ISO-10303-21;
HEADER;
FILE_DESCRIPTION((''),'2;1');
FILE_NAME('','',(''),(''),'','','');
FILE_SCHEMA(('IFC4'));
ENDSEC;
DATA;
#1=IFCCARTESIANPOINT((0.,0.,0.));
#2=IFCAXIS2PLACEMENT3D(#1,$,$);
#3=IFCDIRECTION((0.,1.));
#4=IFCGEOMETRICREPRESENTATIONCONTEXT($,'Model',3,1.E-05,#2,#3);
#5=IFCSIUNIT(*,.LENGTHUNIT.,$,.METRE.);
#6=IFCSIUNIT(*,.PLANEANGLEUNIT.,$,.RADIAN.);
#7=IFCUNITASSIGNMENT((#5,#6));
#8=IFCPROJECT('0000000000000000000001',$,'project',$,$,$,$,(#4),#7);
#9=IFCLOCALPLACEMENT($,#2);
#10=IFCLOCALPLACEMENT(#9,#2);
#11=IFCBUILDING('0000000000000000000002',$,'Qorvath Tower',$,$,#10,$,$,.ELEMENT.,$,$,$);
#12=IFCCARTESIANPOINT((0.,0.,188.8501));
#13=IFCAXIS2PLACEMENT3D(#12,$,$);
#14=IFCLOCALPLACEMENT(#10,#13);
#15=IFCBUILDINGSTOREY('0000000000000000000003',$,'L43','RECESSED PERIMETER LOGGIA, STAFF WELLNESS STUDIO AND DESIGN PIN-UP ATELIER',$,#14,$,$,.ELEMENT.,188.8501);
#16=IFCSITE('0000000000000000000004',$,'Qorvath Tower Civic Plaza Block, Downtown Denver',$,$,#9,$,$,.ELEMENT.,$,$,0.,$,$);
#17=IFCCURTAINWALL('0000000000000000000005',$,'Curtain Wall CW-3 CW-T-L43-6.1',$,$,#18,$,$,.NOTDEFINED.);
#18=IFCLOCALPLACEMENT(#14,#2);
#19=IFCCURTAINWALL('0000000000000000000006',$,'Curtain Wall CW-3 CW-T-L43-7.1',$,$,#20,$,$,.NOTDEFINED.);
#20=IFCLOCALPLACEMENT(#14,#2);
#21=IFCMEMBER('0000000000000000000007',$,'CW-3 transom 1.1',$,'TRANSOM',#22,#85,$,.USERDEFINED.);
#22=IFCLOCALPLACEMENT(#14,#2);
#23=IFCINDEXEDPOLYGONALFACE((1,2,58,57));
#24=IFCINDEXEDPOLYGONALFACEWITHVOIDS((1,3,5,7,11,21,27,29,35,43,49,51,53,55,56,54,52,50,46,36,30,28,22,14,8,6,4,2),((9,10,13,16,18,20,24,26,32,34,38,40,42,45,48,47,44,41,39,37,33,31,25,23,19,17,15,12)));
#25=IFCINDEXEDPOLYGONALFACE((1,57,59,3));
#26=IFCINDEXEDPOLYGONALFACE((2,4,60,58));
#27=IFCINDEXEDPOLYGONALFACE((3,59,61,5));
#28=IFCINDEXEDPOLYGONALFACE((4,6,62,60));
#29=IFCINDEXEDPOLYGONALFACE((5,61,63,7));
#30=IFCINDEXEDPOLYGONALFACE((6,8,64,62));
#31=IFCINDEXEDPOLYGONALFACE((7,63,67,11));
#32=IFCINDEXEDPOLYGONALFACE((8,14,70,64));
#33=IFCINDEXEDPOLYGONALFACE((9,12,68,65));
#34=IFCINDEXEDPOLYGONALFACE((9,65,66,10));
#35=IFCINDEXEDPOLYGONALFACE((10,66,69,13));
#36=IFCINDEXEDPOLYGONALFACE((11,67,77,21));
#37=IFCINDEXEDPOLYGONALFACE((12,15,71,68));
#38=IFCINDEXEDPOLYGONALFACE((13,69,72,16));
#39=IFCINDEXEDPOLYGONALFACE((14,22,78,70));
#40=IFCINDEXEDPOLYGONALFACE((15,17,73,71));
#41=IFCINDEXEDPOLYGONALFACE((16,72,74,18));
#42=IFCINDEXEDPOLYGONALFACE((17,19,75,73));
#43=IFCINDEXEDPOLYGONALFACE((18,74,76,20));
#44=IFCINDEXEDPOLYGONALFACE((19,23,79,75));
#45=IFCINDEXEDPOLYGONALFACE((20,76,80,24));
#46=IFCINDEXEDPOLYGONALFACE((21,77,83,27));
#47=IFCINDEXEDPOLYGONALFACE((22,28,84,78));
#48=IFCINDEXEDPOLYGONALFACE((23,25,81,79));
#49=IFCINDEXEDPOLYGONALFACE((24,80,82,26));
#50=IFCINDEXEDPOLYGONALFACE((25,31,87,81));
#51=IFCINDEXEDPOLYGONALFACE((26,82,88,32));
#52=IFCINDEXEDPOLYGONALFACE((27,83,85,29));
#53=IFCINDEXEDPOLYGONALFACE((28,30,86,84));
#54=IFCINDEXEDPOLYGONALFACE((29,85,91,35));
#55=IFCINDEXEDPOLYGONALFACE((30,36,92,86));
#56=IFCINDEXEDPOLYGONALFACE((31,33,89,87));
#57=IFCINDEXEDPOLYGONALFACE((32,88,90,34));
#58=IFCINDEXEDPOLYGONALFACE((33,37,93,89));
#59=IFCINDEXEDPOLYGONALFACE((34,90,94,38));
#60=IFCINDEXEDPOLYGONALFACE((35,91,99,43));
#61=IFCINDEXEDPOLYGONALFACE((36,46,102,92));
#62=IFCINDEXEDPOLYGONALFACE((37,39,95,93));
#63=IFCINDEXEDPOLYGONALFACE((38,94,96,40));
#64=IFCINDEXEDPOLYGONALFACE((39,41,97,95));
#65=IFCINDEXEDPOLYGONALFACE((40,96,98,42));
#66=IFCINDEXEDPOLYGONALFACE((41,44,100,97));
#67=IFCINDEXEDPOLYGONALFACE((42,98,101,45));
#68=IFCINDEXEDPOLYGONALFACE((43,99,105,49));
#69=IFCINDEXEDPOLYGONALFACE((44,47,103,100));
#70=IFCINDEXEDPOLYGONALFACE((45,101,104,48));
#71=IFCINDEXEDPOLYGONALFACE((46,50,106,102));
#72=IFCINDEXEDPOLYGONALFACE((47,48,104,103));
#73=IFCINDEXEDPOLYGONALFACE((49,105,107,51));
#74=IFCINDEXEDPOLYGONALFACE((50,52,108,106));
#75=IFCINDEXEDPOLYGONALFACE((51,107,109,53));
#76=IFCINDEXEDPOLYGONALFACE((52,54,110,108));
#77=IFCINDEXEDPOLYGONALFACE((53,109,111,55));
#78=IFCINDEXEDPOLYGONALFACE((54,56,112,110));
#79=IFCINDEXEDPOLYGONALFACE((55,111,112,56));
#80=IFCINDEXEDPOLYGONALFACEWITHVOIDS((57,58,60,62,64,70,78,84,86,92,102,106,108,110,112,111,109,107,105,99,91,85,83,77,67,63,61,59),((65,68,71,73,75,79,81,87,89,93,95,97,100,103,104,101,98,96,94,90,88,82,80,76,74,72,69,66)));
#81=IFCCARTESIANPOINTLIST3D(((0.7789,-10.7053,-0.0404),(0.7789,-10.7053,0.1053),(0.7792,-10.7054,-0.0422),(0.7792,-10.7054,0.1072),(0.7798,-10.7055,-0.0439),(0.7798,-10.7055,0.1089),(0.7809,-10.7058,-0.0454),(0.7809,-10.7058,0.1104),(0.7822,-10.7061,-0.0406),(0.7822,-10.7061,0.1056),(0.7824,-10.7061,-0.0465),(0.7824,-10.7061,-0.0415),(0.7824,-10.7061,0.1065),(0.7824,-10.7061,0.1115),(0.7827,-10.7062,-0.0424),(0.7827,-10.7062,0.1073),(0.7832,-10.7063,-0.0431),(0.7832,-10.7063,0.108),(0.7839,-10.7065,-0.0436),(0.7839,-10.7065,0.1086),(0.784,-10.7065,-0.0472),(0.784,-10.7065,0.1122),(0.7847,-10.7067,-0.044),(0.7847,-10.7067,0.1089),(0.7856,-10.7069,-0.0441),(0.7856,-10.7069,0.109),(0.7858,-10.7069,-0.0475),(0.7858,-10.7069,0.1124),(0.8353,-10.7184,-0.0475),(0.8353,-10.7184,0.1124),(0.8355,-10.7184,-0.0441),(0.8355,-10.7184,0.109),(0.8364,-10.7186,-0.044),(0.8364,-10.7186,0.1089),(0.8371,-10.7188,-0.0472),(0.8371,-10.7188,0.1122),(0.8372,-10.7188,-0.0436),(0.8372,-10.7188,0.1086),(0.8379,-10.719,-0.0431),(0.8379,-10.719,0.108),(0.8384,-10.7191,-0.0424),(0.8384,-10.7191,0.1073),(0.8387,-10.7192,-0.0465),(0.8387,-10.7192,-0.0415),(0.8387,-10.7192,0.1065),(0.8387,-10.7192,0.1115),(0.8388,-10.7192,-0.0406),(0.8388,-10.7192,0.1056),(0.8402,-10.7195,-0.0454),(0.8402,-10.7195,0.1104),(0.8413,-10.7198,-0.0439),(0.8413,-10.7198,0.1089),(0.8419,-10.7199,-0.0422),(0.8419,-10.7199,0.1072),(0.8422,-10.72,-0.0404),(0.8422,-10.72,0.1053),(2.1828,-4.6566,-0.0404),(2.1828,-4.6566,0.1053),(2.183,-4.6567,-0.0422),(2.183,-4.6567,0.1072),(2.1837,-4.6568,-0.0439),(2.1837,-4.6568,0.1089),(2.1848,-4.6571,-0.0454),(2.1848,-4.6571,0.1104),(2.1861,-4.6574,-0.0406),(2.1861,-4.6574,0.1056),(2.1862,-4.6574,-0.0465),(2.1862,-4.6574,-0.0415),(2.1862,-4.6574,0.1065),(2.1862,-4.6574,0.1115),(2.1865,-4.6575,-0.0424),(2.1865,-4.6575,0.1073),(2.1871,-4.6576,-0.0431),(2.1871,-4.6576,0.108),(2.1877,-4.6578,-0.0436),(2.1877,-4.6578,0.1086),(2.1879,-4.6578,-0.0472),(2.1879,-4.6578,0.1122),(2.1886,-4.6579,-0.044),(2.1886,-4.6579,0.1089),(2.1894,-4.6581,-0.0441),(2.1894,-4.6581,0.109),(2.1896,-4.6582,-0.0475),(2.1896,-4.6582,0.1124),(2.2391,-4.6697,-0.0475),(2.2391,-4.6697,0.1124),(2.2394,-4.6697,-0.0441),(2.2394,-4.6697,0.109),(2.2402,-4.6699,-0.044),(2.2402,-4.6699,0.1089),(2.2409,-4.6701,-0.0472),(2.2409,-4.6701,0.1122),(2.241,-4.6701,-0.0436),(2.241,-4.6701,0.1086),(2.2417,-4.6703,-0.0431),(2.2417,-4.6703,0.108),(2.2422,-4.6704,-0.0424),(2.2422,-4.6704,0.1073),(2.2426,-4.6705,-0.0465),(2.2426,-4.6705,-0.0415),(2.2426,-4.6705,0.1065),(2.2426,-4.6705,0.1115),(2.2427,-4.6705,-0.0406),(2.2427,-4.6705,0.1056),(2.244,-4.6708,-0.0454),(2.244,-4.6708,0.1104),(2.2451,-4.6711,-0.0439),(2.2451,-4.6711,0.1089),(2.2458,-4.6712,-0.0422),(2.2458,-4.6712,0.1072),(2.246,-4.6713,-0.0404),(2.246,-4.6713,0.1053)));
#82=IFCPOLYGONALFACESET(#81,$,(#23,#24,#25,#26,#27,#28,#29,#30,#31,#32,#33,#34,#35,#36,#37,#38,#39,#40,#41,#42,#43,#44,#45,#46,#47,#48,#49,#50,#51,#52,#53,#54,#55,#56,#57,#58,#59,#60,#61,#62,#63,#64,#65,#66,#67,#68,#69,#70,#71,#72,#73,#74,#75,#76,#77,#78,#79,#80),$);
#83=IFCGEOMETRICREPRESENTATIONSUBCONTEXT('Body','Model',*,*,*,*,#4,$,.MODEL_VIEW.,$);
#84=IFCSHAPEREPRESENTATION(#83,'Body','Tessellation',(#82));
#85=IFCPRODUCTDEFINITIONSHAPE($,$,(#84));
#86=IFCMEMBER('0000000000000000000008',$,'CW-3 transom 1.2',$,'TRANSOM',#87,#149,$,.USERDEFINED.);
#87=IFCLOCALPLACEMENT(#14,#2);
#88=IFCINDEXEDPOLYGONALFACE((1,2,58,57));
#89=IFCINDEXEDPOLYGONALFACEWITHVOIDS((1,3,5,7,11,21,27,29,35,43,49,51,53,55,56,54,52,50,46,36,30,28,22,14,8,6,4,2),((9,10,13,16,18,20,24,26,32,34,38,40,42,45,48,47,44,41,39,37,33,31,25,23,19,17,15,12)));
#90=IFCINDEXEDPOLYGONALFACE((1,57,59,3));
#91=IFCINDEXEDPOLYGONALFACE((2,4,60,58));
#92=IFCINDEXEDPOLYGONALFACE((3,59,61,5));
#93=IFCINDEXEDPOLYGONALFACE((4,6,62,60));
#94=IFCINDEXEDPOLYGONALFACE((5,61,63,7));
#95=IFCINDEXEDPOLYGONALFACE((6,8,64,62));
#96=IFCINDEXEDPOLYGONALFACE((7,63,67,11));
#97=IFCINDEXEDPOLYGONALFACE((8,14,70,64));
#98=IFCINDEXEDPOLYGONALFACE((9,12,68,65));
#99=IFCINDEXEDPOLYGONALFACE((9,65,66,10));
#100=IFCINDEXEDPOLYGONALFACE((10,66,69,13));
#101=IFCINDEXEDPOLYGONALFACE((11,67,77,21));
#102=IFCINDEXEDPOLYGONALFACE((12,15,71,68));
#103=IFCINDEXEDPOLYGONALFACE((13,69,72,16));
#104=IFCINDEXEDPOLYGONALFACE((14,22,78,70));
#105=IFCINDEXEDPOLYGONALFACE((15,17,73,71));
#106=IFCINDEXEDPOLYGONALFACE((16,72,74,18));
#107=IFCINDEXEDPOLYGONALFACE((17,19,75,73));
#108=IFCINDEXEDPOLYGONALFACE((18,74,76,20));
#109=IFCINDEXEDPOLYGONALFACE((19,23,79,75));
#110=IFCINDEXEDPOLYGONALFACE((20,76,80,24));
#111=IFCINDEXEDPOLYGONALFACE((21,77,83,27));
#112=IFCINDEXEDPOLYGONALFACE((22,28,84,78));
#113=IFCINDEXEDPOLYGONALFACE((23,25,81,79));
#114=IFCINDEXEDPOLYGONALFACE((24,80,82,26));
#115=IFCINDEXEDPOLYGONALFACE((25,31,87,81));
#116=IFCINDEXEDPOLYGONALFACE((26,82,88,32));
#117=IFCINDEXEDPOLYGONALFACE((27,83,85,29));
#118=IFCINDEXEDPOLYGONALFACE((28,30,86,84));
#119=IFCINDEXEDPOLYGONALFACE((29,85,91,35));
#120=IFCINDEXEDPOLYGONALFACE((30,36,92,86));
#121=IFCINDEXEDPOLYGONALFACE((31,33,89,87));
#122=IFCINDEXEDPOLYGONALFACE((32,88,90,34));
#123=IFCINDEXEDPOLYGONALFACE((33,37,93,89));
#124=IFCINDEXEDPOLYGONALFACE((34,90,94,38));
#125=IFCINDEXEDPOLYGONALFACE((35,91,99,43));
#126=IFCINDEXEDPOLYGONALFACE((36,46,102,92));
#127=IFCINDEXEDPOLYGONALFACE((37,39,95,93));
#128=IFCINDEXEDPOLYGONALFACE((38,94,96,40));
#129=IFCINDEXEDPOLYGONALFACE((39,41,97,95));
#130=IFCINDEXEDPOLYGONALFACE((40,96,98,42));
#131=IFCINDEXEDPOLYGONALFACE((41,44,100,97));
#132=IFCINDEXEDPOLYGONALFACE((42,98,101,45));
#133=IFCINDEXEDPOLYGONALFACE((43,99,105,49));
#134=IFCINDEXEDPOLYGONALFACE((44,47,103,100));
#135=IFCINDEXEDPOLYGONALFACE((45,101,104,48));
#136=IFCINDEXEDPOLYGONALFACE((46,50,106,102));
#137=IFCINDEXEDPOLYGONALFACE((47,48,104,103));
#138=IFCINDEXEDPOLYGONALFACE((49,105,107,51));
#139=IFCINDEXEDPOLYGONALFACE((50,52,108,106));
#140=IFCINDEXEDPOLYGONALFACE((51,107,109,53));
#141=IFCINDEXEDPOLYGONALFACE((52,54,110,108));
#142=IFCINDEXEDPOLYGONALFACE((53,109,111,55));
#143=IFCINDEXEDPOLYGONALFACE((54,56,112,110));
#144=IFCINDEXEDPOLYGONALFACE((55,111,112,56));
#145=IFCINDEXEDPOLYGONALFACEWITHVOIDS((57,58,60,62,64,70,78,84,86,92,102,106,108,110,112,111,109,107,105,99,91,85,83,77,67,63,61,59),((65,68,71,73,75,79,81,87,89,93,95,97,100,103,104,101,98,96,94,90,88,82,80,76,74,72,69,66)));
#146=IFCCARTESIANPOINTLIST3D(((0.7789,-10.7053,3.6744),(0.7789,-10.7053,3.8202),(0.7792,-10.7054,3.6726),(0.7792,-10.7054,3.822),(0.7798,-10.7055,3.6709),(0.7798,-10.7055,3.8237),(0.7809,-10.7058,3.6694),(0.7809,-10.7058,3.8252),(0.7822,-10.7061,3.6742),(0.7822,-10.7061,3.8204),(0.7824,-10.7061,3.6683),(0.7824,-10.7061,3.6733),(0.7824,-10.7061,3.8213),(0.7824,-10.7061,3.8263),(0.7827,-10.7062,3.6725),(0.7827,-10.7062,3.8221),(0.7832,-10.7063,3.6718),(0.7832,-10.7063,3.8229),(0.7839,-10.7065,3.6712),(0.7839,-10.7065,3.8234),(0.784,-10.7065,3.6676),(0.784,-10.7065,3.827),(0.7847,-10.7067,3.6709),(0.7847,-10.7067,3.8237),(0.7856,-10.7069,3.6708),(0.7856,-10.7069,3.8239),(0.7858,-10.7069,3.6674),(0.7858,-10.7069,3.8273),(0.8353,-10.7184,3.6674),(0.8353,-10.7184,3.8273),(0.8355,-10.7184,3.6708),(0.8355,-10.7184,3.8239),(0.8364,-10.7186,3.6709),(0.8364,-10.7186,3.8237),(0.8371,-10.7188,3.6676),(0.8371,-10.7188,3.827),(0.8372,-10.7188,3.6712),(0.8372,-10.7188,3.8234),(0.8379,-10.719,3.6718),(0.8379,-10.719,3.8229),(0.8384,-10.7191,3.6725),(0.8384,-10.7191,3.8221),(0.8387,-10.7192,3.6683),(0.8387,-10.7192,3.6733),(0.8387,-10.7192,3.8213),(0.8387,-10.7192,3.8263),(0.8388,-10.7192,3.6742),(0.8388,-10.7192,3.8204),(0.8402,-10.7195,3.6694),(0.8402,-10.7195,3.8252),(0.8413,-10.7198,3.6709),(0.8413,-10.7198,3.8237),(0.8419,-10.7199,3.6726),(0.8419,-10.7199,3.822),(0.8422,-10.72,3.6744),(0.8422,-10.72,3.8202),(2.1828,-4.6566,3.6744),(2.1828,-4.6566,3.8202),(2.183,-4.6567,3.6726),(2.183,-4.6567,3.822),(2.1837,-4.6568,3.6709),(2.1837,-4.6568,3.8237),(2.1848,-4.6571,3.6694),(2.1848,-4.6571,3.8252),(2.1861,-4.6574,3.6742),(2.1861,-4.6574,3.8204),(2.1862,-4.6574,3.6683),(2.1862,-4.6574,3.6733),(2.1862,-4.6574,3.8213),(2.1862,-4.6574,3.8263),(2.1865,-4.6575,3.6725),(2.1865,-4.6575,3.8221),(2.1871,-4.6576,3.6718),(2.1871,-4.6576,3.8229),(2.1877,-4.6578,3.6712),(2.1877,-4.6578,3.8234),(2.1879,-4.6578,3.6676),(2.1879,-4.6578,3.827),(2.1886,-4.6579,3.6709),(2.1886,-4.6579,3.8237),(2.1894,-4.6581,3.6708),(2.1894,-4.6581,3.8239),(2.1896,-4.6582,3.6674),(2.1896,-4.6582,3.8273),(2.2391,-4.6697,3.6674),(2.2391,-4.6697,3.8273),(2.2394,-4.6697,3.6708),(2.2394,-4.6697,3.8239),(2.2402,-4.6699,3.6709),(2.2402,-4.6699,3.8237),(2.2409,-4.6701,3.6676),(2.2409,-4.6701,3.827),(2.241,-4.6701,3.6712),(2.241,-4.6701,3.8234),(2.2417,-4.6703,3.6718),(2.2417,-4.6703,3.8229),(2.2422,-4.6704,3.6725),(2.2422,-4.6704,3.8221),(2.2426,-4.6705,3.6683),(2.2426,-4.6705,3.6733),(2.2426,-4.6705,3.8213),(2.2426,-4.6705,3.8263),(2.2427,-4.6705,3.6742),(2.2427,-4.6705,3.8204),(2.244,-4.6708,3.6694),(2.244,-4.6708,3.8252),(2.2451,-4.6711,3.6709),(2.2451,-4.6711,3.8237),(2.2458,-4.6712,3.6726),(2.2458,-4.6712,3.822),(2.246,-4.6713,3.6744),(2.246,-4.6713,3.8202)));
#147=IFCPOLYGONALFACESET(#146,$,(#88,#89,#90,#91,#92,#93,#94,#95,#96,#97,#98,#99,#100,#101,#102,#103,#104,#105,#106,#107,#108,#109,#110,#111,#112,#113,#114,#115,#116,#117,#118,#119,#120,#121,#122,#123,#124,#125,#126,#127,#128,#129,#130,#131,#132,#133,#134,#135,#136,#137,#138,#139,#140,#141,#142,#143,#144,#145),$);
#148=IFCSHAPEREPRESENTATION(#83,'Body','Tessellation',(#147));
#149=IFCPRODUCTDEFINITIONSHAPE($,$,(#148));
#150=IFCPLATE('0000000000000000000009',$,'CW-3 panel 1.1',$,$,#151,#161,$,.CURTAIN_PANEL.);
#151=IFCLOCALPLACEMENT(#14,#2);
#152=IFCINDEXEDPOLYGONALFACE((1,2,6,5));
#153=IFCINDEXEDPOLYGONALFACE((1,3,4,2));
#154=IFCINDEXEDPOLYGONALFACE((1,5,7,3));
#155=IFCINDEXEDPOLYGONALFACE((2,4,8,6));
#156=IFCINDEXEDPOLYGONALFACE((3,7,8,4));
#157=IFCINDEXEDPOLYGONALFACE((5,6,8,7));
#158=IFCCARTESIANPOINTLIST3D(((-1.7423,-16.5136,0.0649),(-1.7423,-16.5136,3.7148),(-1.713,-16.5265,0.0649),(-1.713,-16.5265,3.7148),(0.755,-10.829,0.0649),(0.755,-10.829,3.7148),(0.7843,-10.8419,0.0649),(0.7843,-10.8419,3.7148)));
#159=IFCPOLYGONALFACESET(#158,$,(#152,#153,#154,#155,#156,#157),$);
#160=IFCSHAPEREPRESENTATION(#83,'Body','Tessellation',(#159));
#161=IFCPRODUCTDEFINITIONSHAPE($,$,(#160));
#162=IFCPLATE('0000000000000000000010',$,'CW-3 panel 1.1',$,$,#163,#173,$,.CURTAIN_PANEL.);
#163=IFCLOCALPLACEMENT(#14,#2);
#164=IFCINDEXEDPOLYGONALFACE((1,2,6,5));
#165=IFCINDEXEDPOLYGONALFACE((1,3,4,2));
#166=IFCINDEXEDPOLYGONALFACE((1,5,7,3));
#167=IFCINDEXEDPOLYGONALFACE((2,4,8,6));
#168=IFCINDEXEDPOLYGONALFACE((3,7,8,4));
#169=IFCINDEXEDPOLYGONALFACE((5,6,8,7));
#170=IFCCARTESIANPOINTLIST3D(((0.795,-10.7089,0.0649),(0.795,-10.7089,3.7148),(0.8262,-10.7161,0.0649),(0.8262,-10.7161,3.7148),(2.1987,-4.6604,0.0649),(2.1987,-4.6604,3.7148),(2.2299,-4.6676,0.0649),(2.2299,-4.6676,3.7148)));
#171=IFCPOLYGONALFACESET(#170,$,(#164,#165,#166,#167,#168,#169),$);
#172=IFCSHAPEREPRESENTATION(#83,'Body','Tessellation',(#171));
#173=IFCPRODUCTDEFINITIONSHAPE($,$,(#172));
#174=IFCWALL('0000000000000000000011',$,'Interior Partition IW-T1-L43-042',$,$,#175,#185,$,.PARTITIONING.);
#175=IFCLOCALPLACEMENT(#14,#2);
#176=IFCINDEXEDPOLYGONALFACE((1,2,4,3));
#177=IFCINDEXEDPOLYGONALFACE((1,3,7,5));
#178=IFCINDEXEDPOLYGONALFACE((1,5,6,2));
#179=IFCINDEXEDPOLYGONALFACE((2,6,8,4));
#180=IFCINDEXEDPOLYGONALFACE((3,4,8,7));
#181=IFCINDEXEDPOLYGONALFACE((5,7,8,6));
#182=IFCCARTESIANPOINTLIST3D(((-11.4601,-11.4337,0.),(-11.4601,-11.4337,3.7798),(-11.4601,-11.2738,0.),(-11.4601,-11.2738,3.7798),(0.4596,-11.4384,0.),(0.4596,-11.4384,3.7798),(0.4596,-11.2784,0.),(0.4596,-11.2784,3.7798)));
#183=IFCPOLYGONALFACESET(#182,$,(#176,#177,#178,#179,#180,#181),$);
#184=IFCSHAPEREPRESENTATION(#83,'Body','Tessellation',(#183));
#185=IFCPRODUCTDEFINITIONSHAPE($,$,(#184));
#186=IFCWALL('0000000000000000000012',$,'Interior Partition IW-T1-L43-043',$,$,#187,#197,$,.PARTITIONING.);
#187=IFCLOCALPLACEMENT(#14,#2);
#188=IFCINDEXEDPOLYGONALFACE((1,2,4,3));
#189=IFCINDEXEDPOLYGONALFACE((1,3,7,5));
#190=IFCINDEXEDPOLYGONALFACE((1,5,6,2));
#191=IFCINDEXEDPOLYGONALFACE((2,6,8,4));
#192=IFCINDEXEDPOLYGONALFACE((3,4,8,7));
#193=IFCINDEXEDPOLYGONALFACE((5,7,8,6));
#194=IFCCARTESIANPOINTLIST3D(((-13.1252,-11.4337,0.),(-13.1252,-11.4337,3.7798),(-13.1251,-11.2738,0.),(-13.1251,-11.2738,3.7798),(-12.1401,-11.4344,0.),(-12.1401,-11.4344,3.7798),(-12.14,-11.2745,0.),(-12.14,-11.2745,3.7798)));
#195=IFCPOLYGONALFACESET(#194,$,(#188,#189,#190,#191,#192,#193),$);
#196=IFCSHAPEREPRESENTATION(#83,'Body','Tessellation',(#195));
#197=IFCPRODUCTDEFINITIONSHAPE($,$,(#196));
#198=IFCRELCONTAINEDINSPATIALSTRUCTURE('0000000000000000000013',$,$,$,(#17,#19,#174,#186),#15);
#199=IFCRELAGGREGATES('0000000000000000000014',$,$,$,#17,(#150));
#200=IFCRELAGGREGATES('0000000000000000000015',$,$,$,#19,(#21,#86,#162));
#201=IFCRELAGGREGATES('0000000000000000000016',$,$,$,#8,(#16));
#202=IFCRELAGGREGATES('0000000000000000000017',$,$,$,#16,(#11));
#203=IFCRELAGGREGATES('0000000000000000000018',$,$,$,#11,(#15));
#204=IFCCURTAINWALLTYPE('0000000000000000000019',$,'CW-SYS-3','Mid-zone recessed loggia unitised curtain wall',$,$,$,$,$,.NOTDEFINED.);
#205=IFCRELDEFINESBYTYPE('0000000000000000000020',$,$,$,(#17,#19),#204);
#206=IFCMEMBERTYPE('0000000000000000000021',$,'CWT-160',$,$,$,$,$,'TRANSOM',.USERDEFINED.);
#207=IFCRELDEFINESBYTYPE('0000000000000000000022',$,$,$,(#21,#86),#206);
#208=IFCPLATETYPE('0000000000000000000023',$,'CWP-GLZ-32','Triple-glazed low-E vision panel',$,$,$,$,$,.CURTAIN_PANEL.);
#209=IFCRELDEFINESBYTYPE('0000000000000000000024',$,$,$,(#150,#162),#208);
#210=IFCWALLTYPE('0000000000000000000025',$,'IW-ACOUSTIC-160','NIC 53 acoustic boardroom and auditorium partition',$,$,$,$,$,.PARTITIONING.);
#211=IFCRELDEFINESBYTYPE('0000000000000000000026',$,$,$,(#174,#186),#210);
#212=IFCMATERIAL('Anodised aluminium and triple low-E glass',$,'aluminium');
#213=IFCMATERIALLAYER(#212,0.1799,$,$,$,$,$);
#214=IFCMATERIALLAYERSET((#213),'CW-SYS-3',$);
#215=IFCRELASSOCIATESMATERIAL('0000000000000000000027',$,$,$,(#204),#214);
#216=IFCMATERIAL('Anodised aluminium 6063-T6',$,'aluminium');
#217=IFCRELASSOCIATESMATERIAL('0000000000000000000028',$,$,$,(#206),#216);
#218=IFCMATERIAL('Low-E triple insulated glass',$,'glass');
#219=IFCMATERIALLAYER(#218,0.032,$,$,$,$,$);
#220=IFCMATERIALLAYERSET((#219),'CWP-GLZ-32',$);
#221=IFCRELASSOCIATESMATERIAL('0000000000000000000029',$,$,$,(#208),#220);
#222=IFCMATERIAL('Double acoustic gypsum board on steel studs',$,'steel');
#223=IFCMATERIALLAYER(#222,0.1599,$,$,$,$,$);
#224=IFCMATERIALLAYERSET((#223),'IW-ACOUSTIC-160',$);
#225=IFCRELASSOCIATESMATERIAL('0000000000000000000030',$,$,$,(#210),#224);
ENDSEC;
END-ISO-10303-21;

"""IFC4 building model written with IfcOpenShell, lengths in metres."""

from ifc_helpers import new_model, si_unit, direction, frame, frame_2d, origin, origin_2d, place, context, subcontext, project, spatial, rectangle, hollow_rectangle, extrude, material, layer, layer_set, material_profile, profile_set, type_object, element, aggregate, save


model = new_model("IFC4")

# Units and contexts
model_context = context("Model", 3, precision=1e-05, world=origin(), true_north=direction((0.0, 1.0)))
body_context = subcontext(model_context, "Body", "Model", "MODEL_VIEW")
ifc_project = project(units=[si_unit("LENGTHUNIT", "METRE"), si_unit("PLANEANGLEUNIT", "RADIAN")], contexts=[model_context])

# Site, building, storey
site_placement = place(None, origin())
site = spatial("IfcSite", under=ifc_project, at=site_placement, Name="Qorvath Tower Civic Plaza Block, Downtown Denver", CompositionType="ELEMENT", RefElevation=0.0)
building_placement = place(site_placement, origin())
building = spatial("IfcBuilding", under=site, at=building_placement, Name="Qorvath Tower", CompositionType="ELEMENT")
storey_placement = place(building_placement, frame((0.0, 0.0, 188.8501)))
storey = spatial("IfcBuildingStorey", under=building, at=storey_placement, Name="L43", Description="RECESSED PERIMETER LOGGIA, STAFF WELLNESS STUDIO AND DESIGN PIN-UP ATELIER", CompositionType="ELEMENT", Elevation=188.8501)

# Curtain wall
ifc_material_1 = material(Name="Anodised aluminium and triple low-E glass", Category="aluminium")
ifc_layer_1 = layer(ifc_material_1, 0.1799)
ifc_layer_set_1 = layer_set([ifc_layer_1], Name="CW-SYS-3")
curtain_wall_type = type_object("IfcCurtainWallType", Name="CW-SYS-3", Description="Mid-zone recessed loggia unitised curtain wall", PredefinedType="NOTDEFINED", material=ifc_layer_set_1)
curtain_wall_1_placement = place(storey_placement, origin())
curtain_wall_1 = element("IfcCurtainWall", 1, at=curtain_wall_1_placement, inside=storey, type_object=curtain_wall_type, Name="Curtain Wall CW-3 CW-T-L43-6.1", PredefinedType="NOTDEFINED")

# Curtain wall, members
curtain_wall_2_placement = place(storey_placement, origin())
curtain_wall_2 = element("IfcCurtainWall", 2, at=curtain_wall_2_placement, inside=storey, type_object=curtain_wall_type, Name="Curtain Wall CW-3 CW-T-L43-7.1", PredefinedType="NOTDEFINED")
ifc_material_2 = material(Name="Anodised aluminium 6063-T6", Category="aluminium")
ifc_material_profile_1 = material_profile(ifc_material_2, hollow_rectangle(XDim=0.0649, YDim=0.1599, WallThickness=0.0034, InnerFilletRadius=0.0034, OuterFilletRadius=0.0071, at=origin_2d()), Name="CWT 160x65")
ifc_profile_set_1 = profile_set([ifc_material_profile_1], Name="Anodised aluminium 6063-T6")
member_type_1 = type_object("IfcMemberType", Name="CWT-160", ElementType="TRANSOM", PredefinedType="USERDEFINED", material=ifc_profile_set_1)
member_1_placement = place(storey_placement, frame((0.8105, -10.7126, 0.0325), z_axis=(0.22608, 0.974109, 0.0), x_axis=(-0.974109, 0.22608, 0.0)))
member_1 = element("IfcMember", 3, at=member_1_placement, type_object=member_type_1, Name="CW-3 transom 1.1", ObjectType="TRANSOM", PredefinedType="USERDEFINED", context=body_context, shape_type="SweptSolid", body=[
    extrude(hollow_rectangle(XDim=0.0649, YDim=0.1599, WallThickness=0.0034, InnerFilletRadius=0.0034, OuterFilletRadius=0.0071, at=origin_2d()), origin(), (0.0, 0.0, 1.0), 6.2095),
])
member_2_placement = place(storey_placement, frame((0.8105, -10.7126, 3.7473), z_axis=(0.22608, 0.974109, 0.0), x_axis=(-0.974109, 0.22608, 0.0)))
member_2 = element("IfcMember", 4, at=member_2_placement, type_object=member_type_1, Name="CW-3 transom 1.2", ObjectType="TRANSOM", PredefinedType="USERDEFINED", context=body_context, shape_type="SweptSolid", body=[
    extrude(hollow_rectangle(XDim=0.0649, YDim=0.1599, WallThickness=0.0034, InnerFilletRadius=0.0034, OuterFilletRadius=0.0071, at=origin_2d()), origin(), (0.0, 0.0, 1.0), 6.2095),
])

# Plates
ifc_material_3 = material(Name="Low-E triple insulated glass", Category="glass")
ifc_layer_2 = layer(ifc_material_3, 0.032)
ifc_layer_set_2 = layer_set([ifc_layer_2], Name="CWP-GLZ-32")
plate_type = type_object("IfcPlateType", Name="CWP-GLZ-32", Description="Triple-glazed low-E vision panel", PredefinedType="CURTAIN_PANEL", material=ifc_layer_set_2)
plate_1_placement = place(storey_placement, frame((-0.479, -13.6777, 0.0649), z_axis=(0.0, 0.0, 1.0), x_axis=(0.402206, 0.915549, 0.0)))
plate_1 = element("IfcPlate", 5, at=plate_1_placement, type_object=plate_type, Name="CW-3 panel 1.1", PredefinedType="CURTAIN_PANEL", context=body_context, shape_type="SweptSolid", body=[
    extrude(rectangle(XDim=6.209, YDim=0.032, at=origin_2d()), origin(), (0.0, 0.0, 1.0), 3.6499),
])
aggregate(curtain_wall_1, [plate_1])
plate_2_placement = place(storey_placement, frame((1.5125, -7.6882, 0.0649), z_axis=(0.0, 0.0, 1.0), x_axis=(0.226069, 0.974111, 0.0)))
plate_2 = element("IfcPlate", 6, at=plate_2_placement, type_object=plate_type, Name="CW-3 panel 1.1", PredefinedType="CURTAIN_PANEL", context=body_context, shape_type="SweptSolid", body=[
    extrude(rectangle(XDim=6.2092, YDim=0.032, at=origin_2d()), origin(), (0.0, 0.0, 1.0), 3.6499),
])
aggregate(curtain_wall_2, [member_1, member_2, plate_2])

# Walls
ifc_material_4 = material(Name="Double acoustic gypsum board on steel studs", Category="steel")
ifc_layer_3 = layer(ifc_material_4, 0.1599)
ifc_layer_set_3 = layer_set([ifc_layer_3], Name="IW-ACOUSTIC-160")
wall_type_1 = type_object("IfcWallType", Name="IW-ACOUSTIC-160", Description="NIC 53 acoustic boardroom and auditorium partition", PredefinedType="PARTITIONING", material=ifc_layer_set_3)
wall_1_placement = place(storey_placement, frame((0.4597, -11.3584, 0.0), z_axis=(0.0, 0.0, 1.0), x_axis=(-1.0, 0.000389, 0.0)))
element("IfcWall", 7, at=wall_1_placement, inside=storey, type_object=wall_type_1, Name="Interior Partition IW-T1-L43-042", PredefinedType="PARTITIONING", context=body_context, shape_type="SweptSolid", body=[
    extrude(rectangle(XDim=11.9197, YDim=0.1599, at=frame_2d((5.96, 0.0))), origin(), (0.0, 0.0, 1.0), 3.7798),
])
wall_2_placement = place(storey_placement, frame((-12.1399, -11.3545, 0.0), z_axis=(0.0, 0.0, 1.0), x_axis=(-1.0, 0.000743, 0.0)))
element("IfcWall", 8, at=wall_2_placement, inside=storey, type_object=wall_type_1, Name="Interior Partition IW-T1-L43-043", PredefinedType="PARTITIONING", context=body_context, shape_type="SweptSolid", body=[
    extrude(rectangle(XDim=0.9851, YDim=0.1599, at=frame_2d((0.4927, 0.0))), origin(), (0.0, 0.0, 1.0), 3.7798),
])

save(model, "model.ifc")
